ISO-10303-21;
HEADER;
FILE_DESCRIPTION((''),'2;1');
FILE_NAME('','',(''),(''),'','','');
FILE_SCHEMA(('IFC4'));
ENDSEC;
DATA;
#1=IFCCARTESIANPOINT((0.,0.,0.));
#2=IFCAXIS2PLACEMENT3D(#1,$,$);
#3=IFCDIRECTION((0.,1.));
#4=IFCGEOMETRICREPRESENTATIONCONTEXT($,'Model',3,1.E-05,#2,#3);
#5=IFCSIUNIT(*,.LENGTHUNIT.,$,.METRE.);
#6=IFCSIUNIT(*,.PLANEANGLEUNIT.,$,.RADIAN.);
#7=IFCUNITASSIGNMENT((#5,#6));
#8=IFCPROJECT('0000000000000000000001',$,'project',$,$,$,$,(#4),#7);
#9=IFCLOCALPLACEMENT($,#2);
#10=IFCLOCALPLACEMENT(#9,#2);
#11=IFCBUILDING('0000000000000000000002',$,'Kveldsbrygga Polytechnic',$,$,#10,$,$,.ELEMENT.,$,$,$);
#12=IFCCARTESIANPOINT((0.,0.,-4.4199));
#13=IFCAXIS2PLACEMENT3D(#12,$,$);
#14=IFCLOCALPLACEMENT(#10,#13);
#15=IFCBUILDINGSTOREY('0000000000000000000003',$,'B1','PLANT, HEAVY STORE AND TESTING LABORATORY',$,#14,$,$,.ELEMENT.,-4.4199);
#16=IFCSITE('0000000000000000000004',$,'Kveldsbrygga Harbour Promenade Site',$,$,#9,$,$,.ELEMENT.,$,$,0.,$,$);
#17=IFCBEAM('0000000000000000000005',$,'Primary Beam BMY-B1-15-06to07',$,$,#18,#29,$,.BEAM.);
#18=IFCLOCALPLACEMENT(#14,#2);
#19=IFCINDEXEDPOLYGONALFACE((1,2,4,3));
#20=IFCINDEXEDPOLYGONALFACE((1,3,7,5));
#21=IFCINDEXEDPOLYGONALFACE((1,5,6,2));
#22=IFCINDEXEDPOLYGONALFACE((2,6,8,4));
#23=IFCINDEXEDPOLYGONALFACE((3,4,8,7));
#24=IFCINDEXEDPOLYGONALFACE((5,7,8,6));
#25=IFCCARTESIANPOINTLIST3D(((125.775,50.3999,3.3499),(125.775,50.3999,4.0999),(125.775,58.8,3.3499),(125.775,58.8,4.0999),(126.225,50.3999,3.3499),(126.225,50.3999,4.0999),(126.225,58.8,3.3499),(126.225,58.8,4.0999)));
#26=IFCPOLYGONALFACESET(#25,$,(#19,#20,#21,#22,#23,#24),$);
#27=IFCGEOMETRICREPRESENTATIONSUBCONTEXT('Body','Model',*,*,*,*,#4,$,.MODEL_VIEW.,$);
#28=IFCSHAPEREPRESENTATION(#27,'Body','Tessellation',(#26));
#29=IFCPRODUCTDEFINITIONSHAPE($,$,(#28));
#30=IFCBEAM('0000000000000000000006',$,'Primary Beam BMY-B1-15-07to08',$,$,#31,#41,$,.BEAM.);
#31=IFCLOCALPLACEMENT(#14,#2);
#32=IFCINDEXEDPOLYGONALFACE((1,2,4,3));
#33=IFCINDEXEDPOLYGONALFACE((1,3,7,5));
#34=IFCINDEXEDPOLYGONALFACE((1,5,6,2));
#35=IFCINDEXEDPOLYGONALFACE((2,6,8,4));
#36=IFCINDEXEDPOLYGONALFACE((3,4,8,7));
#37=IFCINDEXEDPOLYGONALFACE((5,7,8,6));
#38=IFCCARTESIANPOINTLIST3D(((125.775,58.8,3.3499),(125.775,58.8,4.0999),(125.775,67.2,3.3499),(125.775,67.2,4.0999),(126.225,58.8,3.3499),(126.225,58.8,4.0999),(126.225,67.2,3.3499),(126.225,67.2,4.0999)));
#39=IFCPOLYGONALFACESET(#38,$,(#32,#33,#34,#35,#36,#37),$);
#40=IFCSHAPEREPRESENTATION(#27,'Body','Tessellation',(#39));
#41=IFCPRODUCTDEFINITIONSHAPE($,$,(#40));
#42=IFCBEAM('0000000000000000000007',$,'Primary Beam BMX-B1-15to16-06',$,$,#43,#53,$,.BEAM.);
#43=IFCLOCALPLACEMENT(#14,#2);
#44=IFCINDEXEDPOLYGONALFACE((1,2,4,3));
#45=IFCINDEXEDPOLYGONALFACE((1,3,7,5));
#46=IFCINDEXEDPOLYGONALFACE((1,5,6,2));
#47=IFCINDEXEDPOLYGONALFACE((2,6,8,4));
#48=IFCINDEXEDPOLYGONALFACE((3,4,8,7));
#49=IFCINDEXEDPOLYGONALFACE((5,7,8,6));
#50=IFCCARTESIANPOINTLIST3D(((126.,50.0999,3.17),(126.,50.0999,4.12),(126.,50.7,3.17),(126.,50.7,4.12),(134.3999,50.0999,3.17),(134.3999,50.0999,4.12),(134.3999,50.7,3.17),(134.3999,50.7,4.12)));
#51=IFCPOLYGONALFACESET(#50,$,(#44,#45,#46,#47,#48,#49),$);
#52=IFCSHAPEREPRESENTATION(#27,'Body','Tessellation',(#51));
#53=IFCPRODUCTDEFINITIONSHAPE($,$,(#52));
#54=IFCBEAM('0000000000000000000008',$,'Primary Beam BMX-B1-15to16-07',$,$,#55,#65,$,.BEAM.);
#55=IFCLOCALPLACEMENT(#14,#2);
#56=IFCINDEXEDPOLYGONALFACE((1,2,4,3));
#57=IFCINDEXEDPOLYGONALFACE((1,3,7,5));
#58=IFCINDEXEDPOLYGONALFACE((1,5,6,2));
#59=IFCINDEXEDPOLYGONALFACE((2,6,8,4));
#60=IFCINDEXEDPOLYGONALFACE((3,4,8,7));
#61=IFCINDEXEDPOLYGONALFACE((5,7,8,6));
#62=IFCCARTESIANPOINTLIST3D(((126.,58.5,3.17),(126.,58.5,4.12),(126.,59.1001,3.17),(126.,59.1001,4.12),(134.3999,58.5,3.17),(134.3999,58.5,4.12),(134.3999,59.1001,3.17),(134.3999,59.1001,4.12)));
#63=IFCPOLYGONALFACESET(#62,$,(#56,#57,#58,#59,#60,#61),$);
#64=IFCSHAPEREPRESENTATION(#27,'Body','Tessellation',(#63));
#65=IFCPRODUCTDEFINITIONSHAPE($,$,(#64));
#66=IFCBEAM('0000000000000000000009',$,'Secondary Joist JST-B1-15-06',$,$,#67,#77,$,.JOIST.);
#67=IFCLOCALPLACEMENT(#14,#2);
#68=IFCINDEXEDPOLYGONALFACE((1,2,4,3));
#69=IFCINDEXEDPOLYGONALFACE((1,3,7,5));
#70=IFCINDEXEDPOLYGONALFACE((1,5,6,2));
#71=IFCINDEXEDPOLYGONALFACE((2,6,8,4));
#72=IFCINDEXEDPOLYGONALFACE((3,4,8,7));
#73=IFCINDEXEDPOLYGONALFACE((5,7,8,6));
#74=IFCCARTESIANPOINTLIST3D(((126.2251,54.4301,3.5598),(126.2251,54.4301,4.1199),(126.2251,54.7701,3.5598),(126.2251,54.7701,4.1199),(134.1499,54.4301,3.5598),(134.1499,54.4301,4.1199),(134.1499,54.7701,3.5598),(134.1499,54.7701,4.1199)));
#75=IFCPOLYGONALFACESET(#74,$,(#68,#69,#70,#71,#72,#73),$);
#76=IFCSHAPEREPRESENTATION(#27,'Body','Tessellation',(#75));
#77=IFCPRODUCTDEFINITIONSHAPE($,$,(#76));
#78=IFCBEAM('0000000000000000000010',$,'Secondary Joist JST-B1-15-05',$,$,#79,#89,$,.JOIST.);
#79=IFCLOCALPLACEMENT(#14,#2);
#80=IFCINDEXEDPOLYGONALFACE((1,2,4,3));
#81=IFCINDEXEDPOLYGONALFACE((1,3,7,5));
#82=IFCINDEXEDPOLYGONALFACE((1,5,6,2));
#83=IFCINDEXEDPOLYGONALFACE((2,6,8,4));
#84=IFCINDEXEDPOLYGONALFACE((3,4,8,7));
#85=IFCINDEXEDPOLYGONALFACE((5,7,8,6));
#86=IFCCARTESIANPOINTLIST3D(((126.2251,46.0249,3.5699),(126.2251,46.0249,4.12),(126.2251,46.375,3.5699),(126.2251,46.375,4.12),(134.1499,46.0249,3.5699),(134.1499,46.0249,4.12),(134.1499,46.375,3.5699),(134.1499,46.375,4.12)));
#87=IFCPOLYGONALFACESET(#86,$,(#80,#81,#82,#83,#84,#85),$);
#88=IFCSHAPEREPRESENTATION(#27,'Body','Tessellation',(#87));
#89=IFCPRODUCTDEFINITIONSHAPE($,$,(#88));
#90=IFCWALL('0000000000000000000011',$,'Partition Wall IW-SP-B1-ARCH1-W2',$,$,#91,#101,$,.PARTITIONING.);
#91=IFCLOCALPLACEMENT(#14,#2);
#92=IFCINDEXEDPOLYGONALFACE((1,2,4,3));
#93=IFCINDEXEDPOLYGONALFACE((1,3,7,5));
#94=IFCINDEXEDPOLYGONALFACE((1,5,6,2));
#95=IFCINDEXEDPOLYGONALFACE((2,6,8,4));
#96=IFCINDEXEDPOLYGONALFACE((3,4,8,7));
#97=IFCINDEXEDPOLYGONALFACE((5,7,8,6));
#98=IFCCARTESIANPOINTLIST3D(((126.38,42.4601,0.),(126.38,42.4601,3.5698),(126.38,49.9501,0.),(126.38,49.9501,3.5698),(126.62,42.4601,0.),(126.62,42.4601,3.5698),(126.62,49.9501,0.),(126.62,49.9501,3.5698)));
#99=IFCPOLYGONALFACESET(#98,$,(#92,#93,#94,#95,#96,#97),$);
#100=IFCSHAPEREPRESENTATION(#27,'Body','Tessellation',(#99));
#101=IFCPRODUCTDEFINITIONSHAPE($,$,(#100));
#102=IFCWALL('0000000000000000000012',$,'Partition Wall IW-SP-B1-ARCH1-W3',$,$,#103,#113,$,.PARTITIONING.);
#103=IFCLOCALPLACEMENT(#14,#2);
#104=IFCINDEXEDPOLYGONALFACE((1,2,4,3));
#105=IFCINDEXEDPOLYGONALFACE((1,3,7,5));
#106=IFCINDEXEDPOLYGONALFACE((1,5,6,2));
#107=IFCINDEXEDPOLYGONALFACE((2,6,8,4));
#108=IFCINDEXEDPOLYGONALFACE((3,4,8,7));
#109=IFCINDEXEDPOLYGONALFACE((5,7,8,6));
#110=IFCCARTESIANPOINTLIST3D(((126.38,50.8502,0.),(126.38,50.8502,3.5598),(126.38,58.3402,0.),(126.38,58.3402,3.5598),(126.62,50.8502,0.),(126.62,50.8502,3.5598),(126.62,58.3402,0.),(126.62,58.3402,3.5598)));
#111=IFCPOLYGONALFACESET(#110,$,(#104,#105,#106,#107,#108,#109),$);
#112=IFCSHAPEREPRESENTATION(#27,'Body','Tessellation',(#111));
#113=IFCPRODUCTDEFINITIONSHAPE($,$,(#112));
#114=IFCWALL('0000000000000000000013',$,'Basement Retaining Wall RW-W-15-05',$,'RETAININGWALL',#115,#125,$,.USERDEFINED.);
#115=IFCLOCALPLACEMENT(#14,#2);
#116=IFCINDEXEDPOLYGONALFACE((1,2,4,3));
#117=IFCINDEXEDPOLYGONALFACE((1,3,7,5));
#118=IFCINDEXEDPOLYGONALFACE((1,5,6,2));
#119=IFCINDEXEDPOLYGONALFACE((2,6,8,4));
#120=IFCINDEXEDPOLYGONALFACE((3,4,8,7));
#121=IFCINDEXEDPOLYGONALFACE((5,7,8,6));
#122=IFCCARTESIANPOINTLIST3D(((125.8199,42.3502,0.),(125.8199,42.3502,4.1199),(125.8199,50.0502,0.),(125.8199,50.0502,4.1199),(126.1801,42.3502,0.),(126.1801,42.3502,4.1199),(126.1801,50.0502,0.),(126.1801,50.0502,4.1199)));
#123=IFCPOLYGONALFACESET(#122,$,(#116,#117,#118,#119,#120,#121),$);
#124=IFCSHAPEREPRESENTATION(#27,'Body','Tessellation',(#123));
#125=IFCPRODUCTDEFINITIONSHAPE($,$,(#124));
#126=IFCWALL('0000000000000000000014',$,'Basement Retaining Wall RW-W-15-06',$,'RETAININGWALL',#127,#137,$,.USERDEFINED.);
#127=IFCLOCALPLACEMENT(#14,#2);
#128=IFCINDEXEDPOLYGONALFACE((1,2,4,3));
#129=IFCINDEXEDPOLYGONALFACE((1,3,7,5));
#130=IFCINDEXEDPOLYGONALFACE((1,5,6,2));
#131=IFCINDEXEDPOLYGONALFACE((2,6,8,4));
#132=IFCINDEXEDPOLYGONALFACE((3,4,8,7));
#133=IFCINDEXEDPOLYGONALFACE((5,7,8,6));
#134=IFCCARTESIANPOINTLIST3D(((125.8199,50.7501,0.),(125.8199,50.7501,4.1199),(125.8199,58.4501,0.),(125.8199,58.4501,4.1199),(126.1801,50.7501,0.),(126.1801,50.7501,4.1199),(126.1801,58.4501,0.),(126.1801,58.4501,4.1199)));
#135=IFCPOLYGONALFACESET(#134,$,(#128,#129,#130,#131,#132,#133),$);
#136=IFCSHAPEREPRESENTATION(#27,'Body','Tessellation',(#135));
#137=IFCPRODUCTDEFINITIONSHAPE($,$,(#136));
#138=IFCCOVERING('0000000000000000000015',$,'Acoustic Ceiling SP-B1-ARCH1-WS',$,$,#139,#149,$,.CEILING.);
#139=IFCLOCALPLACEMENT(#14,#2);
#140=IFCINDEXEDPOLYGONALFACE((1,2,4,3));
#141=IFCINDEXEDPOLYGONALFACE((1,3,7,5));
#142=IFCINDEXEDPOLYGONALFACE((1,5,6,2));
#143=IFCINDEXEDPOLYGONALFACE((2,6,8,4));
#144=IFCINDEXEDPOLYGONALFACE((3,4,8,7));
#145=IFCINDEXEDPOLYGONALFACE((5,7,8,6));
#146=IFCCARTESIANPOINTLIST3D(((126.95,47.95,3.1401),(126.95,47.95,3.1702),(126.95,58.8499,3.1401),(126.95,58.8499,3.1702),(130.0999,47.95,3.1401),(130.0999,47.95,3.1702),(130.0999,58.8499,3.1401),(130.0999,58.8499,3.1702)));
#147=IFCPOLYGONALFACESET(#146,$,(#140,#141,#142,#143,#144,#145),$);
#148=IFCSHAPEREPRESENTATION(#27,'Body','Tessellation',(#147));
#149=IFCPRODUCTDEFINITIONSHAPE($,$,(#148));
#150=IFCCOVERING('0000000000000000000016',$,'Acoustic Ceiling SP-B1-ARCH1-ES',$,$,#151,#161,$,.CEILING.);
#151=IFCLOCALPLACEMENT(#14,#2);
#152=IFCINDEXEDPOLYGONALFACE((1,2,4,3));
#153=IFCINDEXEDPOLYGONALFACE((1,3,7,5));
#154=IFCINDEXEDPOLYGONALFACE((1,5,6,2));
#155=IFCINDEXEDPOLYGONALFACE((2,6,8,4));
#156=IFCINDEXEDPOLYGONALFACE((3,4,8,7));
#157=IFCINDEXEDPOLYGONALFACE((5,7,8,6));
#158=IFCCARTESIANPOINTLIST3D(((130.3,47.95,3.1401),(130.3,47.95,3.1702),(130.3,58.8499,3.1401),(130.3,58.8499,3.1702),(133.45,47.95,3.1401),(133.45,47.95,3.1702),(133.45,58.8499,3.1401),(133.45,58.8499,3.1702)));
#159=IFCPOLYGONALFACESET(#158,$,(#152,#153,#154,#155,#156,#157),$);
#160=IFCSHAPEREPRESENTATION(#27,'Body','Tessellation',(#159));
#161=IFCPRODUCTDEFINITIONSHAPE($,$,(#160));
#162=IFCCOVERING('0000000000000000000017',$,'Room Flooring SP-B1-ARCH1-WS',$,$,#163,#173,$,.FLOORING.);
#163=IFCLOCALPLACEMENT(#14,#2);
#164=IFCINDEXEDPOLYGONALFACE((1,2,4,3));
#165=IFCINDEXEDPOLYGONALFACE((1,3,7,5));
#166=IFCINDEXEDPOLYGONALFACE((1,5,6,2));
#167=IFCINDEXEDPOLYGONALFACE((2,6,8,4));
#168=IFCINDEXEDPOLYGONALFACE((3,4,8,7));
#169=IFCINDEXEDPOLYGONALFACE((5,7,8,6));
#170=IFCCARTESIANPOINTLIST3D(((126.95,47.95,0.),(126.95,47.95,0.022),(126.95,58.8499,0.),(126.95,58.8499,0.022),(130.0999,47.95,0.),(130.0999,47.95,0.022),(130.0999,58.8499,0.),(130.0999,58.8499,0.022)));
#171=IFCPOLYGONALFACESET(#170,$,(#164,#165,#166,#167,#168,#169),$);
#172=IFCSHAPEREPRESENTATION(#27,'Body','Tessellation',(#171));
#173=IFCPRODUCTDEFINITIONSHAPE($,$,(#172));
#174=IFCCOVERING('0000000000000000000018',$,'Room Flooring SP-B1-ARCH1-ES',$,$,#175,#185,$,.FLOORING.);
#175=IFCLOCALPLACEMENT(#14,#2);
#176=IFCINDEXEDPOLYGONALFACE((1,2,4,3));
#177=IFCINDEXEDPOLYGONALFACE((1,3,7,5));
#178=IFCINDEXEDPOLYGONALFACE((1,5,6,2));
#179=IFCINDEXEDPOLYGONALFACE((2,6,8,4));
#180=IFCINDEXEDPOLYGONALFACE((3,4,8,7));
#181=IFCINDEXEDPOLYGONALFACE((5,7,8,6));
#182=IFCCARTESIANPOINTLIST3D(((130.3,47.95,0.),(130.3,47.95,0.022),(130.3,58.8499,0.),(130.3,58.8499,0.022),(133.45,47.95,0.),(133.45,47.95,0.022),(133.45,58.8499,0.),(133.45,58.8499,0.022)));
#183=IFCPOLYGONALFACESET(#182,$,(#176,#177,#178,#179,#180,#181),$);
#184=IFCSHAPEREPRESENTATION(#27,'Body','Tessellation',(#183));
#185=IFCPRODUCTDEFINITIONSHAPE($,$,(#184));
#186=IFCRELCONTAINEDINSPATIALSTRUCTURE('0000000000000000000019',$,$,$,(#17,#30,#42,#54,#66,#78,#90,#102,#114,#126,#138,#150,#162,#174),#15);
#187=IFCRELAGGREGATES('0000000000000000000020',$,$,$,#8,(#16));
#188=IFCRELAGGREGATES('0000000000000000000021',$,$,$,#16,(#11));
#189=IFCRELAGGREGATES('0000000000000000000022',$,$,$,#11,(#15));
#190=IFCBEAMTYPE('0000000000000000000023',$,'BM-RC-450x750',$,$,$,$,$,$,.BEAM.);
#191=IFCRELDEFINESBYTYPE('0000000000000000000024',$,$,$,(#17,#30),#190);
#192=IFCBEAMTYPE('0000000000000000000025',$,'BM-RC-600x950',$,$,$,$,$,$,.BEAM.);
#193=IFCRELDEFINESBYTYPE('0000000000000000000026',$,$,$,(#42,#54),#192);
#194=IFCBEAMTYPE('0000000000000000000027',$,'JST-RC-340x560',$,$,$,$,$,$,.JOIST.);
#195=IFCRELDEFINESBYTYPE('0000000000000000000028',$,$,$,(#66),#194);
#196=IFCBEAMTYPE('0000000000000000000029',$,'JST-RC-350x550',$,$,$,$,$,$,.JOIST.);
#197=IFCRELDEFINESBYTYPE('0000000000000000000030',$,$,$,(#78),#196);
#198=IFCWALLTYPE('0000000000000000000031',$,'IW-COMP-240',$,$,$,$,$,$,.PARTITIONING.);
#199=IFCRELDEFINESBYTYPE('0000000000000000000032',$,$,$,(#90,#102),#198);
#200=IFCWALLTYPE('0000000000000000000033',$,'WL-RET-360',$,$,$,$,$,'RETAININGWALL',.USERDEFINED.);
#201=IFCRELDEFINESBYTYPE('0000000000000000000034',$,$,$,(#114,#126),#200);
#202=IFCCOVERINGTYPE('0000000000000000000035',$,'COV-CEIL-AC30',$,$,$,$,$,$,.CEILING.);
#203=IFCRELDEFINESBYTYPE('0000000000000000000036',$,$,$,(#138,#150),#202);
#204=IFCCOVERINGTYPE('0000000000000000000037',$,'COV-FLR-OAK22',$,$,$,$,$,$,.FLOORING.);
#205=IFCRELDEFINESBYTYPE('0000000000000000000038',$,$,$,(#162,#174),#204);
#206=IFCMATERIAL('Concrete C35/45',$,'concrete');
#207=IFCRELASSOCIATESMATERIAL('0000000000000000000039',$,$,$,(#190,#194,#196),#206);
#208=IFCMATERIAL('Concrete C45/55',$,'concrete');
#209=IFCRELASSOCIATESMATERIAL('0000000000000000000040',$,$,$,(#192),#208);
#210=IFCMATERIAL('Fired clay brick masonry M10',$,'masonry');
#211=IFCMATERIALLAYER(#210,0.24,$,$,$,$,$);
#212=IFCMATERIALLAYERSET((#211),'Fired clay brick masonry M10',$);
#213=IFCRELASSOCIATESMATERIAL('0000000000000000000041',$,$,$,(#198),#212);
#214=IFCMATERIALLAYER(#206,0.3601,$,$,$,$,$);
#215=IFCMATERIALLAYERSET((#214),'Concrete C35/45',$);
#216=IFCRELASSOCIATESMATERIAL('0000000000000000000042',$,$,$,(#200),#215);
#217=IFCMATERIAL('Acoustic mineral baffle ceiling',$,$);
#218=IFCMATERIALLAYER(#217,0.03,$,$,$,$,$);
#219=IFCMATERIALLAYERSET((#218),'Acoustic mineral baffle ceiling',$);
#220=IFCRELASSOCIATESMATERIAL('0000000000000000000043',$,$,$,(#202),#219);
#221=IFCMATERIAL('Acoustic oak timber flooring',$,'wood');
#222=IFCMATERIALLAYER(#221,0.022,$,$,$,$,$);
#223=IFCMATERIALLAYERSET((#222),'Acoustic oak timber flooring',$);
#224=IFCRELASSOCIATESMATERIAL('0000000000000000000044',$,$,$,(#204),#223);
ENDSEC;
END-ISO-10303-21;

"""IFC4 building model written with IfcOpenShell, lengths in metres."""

from ifc_helpers import new_model, si_unit, direction, frame, frame_2d, origin, origin_2d, place, context, subcontext, project, spatial, rectangle, extrude, material, layer, layer_set, material_profile, profile_set, type_object, element, save


model = new_model("IFC4")

# Units and contexts
model_context = context("Model", 3, precision=1e-05, world=origin(), true_north=direction((0.0, 1.0)))
body_context = subcontext(model_context, "Body", "Model", "MODEL_VIEW")
ifc_project = project(units=[si_unit("LENGTHUNIT", "METRE"), si_unit("PLANEANGLEUNIT", "RADIAN")], contexts=[model_context])

# Site, building, storey
site_placement = place(None, origin())
site = spatial("IfcSite", under=ifc_project, at=site_placement, Name="Kveldsbrygga Harbour Promenade Site", CompositionType="ELEMENT", RefElevation=0.0)
building_placement = place(site_placement, origin())
building = spatial("IfcBuilding", under=site, at=building_placement, Name="Kveldsbrygga Polytechnic", CompositionType="ELEMENT")
storey_placement = place(building_placement, frame((0.0, 0.0, -4.4199)))
storey = spatial("IfcBuildingStorey", under=building, at=storey_placement, Name="B1", Description="PLANT, HEAVY STORE AND TESTING LABORATORY", CompositionType="ELEMENT", Elevation=-4.4199)

# Shared definitions
ifc_material_1 = material(Name="Concrete C45/55", Category="concrete")

# Beams
ifc_material_2 = material(Name="Concrete C35/45", Category="concrete")
ifc_material_profile_1 = material_profile(ifc_material_2, rectangle(XDim=0.45, YDim=0.75, at=origin_2d()), Name="RC 450x750")
ifc_profile_set_1 = profile_set([ifc_material_profile_1], Name="Concrete C35/45")
beam_type_1 = type_object("IfcBeamType", Name="BM-RC-450x750", PredefinedType="BEAM", material=ifc_profile_set_1)
beam_1_placement = place(storey_placement, frame((126.0, 50.3999, 3.7249), z_axis=(0.0, 1.0, 0.0), x_axis=(-1.0, 0.0, 0.0)))
element("IfcBeam", 1, at=beam_1_placement, inside=storey, type_object=beam_type_1, Name="Primary Beam BMY-B1-15-06to07", PredefinedType="BEAM", context=body_context, shape_type="SweptSolid", body=[
    extrude(rectangle(XDim=0.45, YDim=0.75, at=origin_2d()), origin(), (0.0, 0.0, 1.0), 8.4001),
])
beam_2_placement = place(storey_placement, frame((126.0, 58.8, 3.7249), z_axis=(0.0, 1.0, 0.0), x_axis=(-1.0, 0.0, 0.0)))
element("IfcBeam", 2, at=beam_2_placement, inside=storey, type_object=beam_type_1, Name="Primary Beam BMY-B1-15-07to08", PredefinedType="BEAM", context=body_context, shape_type="SweptSolid", body=[
    extrude(rectangle(XDim=0.45, YDim=0.75, at=origin_2d()), origin(), (0.0, 0.0, 1.0), 8.3999),
])
ifc_material_profile_2 = material_profile(ifc_material_1, rectangle(XDim=0.6001, YDim=0.95, at=origin_2d()), Name="RC 600x950")
ifc_profile_set_2 = profile_set([ifc_material_profile_2], Name="Concrete C45/55")
beam_type_2 = type_object("IfcBeamType", Name="BM-RC-600x950", PredefinedType="BEAM", material=ifc_profile_set_2)
for number, where, z_axis, x_axis, name in (
    (3, (126.0, 50.3999, 3.645), (1.0, 0.0, 0.0), (0.0, 1.0, 0.0), "Primary Beam BMX-B1-15to16-06"),
    (4, (126.0, 58.8, 3.645), (1.0, 0.0, 0.0), (0.0, 1.0, 0.0), "Primary Beam BMX-B1-15to16-07"),
):
    element("IfcBeam", number, at=place(storey_placement, frame(where, z_axis=z_axis, x_axis=x_axis)), inside=storey, type_object=beam_type_2, Name=name, PredefinedType="BEAM", context=body_context, shape_type="SweptSolid", body=[
        extrude(rectangle(XDim=0.6001, YDim=0.95, at=origin_2d()), origin(), (0.0, 0.0, 1.0), 8.3999),
    ])
ifc_material_profile_3 = material_profile(ifc_material_2, rectangle(XDim=0.3401, YDim=0.5601, at=origin_2d()), Name="RC 340x560")
ifc_profile_set_3 = profile_set([ifc_material_profile_3], Name="Concrete C35/45")
beam_type_3 = type_object("IfcBeamType", Name="JST-RC-340x560", PredefinedType="JOIST", material=ifc_profile_set_3)
beam_3_placement = place(storey_placement, frame((126.2251, 54.6001, 3.8398), z_axis=(1.0, 0.0, 0.0), x_axis=(0.0, 1.0, 0.0)))
element("IfcBeam", 5, at=beam_3_placement, inside=storey, type_object=beam_type_3, Name="Secondary Joist JST-B1-15-06", PredefinedType="JOIST", context=body_context, shape_type="SweptSolid", body=[
    extrude(rectangle(XDim=0.3401, YDim=0.5601, at=origin_2d()), origin(), (0.0, 0.0, 1.0), 7.9248),
])
ifc_material_profile_4 = material_profile(ifc_material_2, rectangle(XDim=0.3501, YDim=0.55, at=origin_2d()), Name="RC 350x550")
ifc_profile_set_4 = profile_set([ifc_material_profile_4], Name="Concrete C35/45")
beam_type_4 = type_object("IfcBeamType", Name="JST-RC-350x550", PredefinedType="JOIST", material=ifc_profile_set_4)
beam_4_placement = place(storey_placement, frame((126.2251, 46.2, 3.845), z_axis=(1.0, 0.0, 0.0), x_axis=(0.0, 1.0, 0.0)))
element("IfcBeam", 6, at=beam_4_placement, inside=storey, type_object=beam_type_4, Name="Secondary Joist JST-B1-15-05", PredefinedType="JOIST", context=body_context, shape_type="SweptSolid", body=[
    extrude(rectangle(XDim=0.3501, YDim=0.55, at=origin_2d()), origin(), (0.0, 0.0, 1.0), 7.9248),
])

# Walls
ifc_material_3 = material(Name="Fired clay brick masonry M10", Category="masonry")
ifc_layer_1 = layer(ifc_material_3, 0.24)
ifc_layer_set_1 = layer_set([ifc_layer_1], Name="Fired clay brick masonry M10")
wall_type_1 = type_object("IfcWallType", Name="IW-COMP-240", PredefinedType="PARTITIONING", material=ifc_layer_set_1)
wall_1_placement = place(storey_placement, frame((126.5, 42.46, 0.0), z_axis=(0.0, 0.0, 1.0), x_axis=(0.0, 1.0, 0.0)))
element("IfcWall", 7, at=wall_1_placement, inside=storey, type_object=wall_type_1, Name="Partition Wall IW-SP-B1-ARCH1-W2", PredefinedType="PARTITIONING", context=body_context, shape_type="SweptSolid", body=[
    extrude(rectangle(XDim=7.49, YDim=0.24, at=frame_2d((3.7451, 0.0))), origin(), (0.0, 0.0, 1.0), 3.5698),
])
wall_2_placement = place(storey_placement, frame((126.5, 50.8501, 0.0), z_axis=(0.0, 0.0, 1.0), x_axis=(0.0, 1.0, 0.0)))
element("IfcWall", 8, at=wall_2_placement, inside=storey, type_object=wall_type_1, Name="Partition Wall IW-SP-B1-ARCH1-W3", PredefinedType="PARTITIONING", context=body_context, shape_type="SweptSolid", body=[
    extrude(rectangle(XDim=7.49, YDim=0.24, at=frame_2d((3.7451, 0.0))), origin(), (0.0, 0.0, 1.0), 3.5598),
])
ifc_layer_2 = layer(ifc_material_2, 0.3601)
ifc_layer_set_2 = layer_set([ifc_layer_2], Name="Concrete C35/45")
wall_type_2 = type_object("IfcWallType", Name="WL-RET-360", ElementType="RETAININGWALL", PredefinedType="USERDEFINED", material=ifc_layer_set_2)
for number, where, z_axis, x_axis, name in (
    (9, (126.0, 42.3501, 0.0), (0.0, 0.0, 1.0), (0.0, 1.0, 0.0), "Basement Retaining Wall RW-W-15-05"),
    (10, (126.0, 50.75, 0.0), (0.0, 0.0, 1.0), (0.0, 1.0, 0.0), "Basement Retaining Wall RW-W-15-06"),
):
    element("IfcWall", number, at=place(storey_placement, frame(where, z_axis=z_axis, x_axis=x_axis)), inside=storey, type_object=wall_type_2, Name=name, ObjectType="RETAININGWALL", PredefinedType="USERDEFINED", context=body_context, shape_type="SweptSolid", body=[
        extrude(rectangle(XDim=7.7, YDim=0.3601, at=frame_2d((3.8501, 0.0))), origin(), (0.0, 0.0, 1.0), 4.1199),
    ])

# Coverings
ifc_material_4 = material(Name="Acoustic mineral baffle ceiling")
ifc_layer_3 = layer(ifc_material_4, 0.03)
ifc_layer_set_3 = layer_set([ifc_layer_3], Name="Acoustic mineral baffle ceiling")
covering_type_1 = type_object("IfcCoveringType", Name="COV-CEIL-AC30", PredefinedType="CEILING", material=ifc_layer_set_3)
for number, where, z_axis, x_axis, name in (
    (11, (128.5249, 53.3999, 3.1401), (0.0, 0.0, 1.0), (1.0, 0.0, 0.0), "Acoustic Ceiling SP-B1-ARCH1-WS"),
    (12, (131.875, 53.3999, 3.1401), (0.0, 0.0, 1.0), (1.0, 0.0, 0.0), "Acoustic Ceiling SP-B1-ARCH1-ES"),
):
    element("IfcCovering", number, at=place(storey_placement, frame(where, z_axis=z_axis, x_axis=x_axis)), inside=storey, type_object=covering_type_1, Name=name, PredefinedType="CEILING", context=body_context, shape_type="SweptSolid", body=[
        extrude(rectangle(XDim=3.1499, YDim=10.8999, at=origin_2d()), origin(), (0.0, 0.0, 1.0), 0.03),
    ])
ifc_material_5 = material(Name="Acoustic oak timber flooring", Category="wood")
ifc_layer_4 = layer(ifc_material_5, 0.022)
ifc_layer_set_4 = layer_set([ifc_layer_4], Name="Acoustic oak timber flooring")
covering_type_2 = type_object("IfcCoveringType", Name="COV-FLR-OAK22", PredefinedType="FLOORING", material=ifc_layer_set_4)
for number, where, z_axis, x_axis, name in (
    (13, (128.5249, 53.3999, 0.0), (0.0, 0.0, 1.0), (1.0, 0.0, 0.0), "Room Flooring SP-B1-ARCH1-WS"),
    (14, (131.875, 53.3999, 0.0), (0.0, 0.0, 1.0), (1.0, 0.0, 0.0), "Room Flooring SP-B1-ARCH1-ES"),
):
    element("IfcCovering", number, at=place(storey_placement, frame(where, z_axis=z_axis, x_axis=x_axis)), inside=storey, type_object=covering_type_2, Name=name, PredefinedType="FLOORING", context=body_context, shape_type="SweptSolid", body=[
        extrude(rectangle(XDim=3.1499, YDim=10.8999, at=origin_2d()), origin(), (0.0, 0.0, 1.0), 0.022),
    ])

save(model, "model.ifc")
